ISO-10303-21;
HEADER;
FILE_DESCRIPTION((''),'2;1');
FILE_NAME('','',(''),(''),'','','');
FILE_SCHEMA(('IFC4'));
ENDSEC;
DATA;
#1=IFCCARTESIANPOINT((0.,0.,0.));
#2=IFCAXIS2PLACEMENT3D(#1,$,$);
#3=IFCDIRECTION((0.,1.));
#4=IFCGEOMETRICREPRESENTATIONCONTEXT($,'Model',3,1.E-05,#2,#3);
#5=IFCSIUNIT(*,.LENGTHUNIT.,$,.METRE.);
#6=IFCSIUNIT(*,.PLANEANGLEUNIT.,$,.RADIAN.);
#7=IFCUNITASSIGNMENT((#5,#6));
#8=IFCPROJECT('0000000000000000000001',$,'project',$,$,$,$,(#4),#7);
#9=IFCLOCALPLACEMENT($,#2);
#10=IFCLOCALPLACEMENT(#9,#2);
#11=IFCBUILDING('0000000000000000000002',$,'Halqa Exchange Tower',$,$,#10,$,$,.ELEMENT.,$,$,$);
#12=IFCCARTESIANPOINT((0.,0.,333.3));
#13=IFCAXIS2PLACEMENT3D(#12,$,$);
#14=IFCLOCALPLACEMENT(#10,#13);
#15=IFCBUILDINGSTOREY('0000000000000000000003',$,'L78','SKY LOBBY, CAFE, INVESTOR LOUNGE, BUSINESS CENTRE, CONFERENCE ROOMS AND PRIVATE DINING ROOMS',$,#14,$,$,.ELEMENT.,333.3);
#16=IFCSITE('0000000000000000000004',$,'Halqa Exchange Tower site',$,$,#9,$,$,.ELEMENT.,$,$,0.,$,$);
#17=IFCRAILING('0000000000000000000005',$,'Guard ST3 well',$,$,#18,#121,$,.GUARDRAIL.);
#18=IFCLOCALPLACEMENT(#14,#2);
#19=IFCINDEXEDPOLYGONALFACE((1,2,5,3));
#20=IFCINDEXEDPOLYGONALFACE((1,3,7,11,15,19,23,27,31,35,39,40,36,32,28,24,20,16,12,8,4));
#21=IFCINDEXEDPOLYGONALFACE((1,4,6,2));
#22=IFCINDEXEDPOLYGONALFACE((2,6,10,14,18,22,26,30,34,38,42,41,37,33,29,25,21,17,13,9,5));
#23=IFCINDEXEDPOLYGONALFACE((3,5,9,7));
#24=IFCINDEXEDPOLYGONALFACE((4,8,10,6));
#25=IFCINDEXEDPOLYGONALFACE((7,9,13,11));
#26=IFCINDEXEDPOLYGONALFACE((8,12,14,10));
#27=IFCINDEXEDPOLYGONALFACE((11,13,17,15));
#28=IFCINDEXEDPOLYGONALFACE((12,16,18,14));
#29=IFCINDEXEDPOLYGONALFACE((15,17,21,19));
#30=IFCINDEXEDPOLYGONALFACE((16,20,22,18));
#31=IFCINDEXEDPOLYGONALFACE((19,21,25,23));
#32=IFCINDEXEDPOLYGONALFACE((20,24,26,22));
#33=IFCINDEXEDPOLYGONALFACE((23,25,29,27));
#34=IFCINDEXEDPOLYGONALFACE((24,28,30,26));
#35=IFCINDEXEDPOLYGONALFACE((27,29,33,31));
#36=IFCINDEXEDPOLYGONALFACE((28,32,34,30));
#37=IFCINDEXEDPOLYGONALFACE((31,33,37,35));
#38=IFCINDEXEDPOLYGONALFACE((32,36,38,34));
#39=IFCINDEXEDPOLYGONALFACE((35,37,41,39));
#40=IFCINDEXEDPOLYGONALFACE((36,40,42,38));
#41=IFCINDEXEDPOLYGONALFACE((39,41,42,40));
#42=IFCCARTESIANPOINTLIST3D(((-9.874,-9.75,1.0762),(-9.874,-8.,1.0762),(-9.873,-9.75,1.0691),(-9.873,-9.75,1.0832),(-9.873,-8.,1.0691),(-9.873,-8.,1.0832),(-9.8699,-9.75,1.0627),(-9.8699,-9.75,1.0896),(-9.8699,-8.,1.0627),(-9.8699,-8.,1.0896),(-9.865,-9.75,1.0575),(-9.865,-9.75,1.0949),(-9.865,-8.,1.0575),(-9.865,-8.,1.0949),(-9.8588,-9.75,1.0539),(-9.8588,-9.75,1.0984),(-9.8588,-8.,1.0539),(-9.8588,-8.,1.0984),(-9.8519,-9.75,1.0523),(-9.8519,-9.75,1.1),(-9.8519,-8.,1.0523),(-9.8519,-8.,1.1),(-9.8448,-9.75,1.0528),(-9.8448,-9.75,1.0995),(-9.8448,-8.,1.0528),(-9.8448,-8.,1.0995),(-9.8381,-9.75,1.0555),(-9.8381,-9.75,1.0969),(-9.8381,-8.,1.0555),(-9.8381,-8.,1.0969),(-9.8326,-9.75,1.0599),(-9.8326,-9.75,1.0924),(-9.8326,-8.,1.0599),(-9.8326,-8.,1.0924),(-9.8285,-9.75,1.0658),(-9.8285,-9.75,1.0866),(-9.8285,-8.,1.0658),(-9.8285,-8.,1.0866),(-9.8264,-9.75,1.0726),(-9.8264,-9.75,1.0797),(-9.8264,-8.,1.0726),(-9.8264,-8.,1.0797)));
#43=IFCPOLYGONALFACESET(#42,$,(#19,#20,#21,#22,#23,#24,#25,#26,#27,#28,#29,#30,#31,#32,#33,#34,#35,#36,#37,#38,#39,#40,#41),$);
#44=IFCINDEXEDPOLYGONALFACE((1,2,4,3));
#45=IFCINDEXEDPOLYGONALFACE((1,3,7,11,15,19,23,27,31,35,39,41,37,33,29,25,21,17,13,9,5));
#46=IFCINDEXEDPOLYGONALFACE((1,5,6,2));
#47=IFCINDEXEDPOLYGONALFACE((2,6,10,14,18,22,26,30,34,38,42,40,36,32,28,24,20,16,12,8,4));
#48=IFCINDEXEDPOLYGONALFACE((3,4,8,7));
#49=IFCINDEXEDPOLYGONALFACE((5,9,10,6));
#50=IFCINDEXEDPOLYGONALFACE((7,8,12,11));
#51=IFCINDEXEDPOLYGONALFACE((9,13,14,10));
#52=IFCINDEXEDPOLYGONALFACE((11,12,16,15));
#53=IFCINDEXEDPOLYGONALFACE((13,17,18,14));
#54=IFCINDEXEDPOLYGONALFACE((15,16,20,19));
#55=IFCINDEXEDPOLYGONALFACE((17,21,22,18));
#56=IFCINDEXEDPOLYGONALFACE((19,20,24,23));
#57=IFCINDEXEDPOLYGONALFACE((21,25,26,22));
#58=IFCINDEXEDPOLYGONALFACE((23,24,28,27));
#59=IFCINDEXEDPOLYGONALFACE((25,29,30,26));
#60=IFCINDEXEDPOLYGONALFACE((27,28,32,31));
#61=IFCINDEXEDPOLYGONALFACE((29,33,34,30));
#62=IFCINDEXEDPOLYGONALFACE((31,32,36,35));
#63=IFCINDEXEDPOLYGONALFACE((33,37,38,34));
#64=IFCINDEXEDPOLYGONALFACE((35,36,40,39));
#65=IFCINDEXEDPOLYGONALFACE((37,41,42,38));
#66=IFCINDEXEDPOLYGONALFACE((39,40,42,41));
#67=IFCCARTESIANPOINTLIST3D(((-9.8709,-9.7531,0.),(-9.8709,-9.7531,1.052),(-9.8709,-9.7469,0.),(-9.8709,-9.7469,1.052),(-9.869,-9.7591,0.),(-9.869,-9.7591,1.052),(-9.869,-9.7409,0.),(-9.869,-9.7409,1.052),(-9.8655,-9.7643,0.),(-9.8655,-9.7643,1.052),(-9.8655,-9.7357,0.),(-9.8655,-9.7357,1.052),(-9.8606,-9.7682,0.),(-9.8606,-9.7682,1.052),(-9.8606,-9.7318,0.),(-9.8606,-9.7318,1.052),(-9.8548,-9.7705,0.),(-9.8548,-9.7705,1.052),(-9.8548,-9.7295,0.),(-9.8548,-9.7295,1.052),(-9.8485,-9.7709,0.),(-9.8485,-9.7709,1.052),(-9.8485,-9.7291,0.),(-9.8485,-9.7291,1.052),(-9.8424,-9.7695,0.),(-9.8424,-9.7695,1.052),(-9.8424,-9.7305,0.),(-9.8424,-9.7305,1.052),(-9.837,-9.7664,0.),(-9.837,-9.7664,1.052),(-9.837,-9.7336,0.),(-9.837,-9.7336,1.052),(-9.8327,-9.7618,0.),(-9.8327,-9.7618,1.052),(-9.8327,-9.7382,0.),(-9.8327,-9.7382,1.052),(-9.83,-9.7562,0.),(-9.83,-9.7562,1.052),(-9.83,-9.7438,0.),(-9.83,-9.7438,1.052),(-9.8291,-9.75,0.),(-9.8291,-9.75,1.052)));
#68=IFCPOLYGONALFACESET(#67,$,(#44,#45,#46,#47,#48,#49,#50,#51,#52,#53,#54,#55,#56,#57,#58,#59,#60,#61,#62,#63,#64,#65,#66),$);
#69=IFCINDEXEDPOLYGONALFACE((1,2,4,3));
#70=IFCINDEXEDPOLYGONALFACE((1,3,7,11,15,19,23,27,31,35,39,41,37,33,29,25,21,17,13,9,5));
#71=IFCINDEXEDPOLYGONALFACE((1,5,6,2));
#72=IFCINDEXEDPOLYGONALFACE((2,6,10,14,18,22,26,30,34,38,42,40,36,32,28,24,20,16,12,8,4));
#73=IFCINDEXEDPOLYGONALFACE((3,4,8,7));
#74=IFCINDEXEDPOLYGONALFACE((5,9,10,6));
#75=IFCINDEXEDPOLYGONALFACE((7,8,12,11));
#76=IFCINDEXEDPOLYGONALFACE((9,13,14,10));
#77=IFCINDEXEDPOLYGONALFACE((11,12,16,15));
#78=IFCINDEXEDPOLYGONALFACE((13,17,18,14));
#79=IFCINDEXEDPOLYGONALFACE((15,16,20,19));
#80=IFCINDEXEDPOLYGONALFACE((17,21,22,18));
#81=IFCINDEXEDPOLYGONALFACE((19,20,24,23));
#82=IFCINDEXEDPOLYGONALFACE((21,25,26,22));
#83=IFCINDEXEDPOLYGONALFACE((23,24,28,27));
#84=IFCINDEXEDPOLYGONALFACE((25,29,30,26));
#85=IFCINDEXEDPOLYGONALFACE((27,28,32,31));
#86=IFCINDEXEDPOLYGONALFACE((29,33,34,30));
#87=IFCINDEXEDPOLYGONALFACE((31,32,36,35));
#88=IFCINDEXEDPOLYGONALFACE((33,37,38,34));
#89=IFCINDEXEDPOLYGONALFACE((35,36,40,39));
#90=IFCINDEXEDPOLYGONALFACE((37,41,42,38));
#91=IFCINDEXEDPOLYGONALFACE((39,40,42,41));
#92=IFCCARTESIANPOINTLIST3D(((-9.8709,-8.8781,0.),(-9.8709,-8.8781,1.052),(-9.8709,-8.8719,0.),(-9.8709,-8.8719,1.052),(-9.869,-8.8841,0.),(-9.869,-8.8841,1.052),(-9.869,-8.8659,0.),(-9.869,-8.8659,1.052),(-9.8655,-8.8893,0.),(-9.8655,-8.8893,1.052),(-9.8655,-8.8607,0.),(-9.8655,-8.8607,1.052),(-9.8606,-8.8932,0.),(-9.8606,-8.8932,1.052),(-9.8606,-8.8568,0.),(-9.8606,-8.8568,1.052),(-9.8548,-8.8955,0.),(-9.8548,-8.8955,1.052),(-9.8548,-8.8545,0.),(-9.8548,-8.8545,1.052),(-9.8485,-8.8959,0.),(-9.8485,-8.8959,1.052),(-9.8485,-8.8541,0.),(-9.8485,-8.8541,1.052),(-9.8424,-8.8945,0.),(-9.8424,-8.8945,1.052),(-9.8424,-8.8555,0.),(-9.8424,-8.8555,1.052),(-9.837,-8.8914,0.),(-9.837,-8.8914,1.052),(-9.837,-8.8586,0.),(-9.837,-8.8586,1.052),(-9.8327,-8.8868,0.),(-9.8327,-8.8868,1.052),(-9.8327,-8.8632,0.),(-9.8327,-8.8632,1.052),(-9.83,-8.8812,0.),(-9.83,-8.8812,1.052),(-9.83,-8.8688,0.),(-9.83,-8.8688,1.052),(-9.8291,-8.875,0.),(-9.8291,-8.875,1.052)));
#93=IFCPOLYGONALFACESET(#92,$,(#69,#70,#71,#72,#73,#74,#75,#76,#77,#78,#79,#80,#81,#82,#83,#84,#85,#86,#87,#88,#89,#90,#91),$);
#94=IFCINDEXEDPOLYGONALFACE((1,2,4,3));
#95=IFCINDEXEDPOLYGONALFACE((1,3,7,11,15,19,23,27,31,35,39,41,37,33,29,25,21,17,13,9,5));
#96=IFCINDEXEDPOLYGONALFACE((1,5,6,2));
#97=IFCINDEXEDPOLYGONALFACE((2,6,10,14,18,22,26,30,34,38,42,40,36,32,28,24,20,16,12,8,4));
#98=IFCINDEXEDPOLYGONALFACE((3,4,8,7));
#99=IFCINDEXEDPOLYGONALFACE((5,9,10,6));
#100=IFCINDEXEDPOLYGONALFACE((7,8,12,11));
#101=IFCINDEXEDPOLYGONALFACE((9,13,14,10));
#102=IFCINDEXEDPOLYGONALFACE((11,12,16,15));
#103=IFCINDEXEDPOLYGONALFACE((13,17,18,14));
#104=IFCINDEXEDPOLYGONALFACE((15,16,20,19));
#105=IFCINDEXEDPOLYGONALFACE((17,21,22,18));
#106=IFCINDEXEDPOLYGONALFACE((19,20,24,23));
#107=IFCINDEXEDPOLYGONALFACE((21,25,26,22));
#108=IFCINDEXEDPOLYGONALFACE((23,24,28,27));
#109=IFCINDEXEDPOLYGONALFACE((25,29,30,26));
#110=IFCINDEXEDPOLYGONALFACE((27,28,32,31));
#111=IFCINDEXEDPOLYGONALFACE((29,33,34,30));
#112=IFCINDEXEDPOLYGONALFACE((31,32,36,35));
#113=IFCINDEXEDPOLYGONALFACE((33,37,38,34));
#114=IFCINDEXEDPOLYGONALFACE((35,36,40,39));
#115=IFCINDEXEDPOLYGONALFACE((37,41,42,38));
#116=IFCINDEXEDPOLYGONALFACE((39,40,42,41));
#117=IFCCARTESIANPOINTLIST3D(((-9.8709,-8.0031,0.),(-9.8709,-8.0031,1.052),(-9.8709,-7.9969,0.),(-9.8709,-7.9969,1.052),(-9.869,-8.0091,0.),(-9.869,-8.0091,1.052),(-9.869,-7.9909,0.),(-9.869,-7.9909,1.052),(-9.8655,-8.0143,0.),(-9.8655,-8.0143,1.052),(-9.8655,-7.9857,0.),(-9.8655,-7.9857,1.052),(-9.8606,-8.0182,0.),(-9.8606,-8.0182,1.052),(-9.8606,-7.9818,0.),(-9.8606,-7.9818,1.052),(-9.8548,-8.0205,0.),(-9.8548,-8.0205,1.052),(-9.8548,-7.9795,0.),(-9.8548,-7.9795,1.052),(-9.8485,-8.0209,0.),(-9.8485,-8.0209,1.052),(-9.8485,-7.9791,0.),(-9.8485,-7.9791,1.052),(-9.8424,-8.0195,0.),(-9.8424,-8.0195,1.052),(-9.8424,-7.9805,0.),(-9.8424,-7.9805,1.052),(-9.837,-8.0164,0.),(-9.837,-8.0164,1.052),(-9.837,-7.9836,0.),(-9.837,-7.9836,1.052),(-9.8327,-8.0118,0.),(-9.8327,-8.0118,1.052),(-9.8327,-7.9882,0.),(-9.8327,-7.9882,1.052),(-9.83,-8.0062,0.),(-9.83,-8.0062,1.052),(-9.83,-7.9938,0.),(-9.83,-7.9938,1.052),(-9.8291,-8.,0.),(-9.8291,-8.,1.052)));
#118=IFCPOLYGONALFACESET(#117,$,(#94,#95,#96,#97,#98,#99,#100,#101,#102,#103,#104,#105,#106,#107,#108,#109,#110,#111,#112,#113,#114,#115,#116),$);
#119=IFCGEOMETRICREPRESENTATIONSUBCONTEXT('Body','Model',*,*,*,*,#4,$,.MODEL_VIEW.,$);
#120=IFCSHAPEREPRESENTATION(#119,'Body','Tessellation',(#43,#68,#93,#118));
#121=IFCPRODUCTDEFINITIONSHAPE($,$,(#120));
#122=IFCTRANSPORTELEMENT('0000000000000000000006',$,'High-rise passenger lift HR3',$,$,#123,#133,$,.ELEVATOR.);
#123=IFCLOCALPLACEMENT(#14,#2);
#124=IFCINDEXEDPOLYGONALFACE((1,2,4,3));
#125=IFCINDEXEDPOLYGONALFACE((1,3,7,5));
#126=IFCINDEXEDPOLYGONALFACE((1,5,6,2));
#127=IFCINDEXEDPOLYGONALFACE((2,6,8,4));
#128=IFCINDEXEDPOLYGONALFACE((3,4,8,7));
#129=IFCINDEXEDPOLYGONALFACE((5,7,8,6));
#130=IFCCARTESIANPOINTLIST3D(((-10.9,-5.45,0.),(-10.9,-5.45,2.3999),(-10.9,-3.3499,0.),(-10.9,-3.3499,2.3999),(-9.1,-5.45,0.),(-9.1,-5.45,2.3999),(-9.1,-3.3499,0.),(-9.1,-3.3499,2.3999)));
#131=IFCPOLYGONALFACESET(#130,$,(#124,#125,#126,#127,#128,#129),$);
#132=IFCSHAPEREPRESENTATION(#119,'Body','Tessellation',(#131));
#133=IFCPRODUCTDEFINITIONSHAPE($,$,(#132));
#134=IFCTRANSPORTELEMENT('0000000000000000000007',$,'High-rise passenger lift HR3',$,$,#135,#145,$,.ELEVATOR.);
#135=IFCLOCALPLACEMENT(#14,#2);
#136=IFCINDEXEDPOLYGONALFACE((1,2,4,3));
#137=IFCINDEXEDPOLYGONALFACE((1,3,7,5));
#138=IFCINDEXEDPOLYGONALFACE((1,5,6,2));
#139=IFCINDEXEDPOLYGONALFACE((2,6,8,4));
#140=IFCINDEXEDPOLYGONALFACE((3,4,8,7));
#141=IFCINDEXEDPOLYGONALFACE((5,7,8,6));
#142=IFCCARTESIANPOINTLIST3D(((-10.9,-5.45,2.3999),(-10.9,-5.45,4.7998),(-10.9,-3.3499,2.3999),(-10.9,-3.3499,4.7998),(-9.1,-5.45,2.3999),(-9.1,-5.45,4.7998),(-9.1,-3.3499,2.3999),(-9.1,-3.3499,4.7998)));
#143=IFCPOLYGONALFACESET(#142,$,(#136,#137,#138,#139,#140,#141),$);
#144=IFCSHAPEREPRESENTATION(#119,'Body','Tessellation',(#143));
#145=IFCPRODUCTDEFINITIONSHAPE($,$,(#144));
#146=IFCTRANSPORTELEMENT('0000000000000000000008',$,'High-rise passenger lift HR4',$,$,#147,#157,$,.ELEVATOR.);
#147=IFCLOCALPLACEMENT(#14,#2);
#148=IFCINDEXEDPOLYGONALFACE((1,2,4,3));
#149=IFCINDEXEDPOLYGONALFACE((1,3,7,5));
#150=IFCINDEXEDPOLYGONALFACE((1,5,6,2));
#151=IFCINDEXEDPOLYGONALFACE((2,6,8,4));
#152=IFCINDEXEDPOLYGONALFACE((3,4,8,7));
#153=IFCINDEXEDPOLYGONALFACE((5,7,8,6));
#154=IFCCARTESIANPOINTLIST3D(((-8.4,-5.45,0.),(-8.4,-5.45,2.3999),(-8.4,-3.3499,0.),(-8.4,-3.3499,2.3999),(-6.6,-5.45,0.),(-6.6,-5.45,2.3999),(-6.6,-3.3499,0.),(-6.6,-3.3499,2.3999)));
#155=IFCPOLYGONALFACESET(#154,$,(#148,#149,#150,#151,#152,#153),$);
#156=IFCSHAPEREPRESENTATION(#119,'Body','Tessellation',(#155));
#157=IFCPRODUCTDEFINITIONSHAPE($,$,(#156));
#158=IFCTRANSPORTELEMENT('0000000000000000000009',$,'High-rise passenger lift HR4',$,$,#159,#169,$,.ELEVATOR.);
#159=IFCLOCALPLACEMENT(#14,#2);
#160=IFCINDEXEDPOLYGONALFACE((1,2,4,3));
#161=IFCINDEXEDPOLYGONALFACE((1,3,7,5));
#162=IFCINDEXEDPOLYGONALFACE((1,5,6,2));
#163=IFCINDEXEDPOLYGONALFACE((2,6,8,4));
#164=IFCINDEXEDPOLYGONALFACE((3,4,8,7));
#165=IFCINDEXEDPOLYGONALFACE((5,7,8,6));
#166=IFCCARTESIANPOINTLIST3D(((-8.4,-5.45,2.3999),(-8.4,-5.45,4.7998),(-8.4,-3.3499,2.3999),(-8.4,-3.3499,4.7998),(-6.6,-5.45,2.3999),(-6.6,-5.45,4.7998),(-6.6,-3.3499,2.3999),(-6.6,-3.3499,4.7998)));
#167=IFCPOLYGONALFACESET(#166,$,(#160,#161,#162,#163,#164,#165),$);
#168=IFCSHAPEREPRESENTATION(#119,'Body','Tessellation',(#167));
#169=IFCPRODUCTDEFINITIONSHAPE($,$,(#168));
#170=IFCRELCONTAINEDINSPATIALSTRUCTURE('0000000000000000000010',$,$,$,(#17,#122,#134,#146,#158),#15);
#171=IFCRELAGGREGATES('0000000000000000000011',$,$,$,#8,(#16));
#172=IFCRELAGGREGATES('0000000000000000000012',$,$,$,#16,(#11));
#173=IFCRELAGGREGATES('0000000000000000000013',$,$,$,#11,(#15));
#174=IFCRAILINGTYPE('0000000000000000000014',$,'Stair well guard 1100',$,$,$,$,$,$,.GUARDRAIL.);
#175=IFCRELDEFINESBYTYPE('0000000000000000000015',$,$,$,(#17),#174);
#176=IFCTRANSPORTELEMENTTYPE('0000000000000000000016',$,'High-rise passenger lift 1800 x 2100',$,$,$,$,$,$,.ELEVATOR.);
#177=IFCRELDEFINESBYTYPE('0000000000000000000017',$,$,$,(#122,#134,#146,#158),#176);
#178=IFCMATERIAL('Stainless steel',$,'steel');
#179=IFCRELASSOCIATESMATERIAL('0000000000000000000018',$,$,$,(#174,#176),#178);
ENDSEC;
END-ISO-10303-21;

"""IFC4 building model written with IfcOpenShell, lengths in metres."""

from ifc_helpers import new_model, si_unit, direction, frame, origin, origin_2d, place, context, subcontext, project, spatial, rectangle, circle, extrude, material, type_object, element, save


model = new_model("IFC4")

# Units and contexts
model_context = context("Model", 3, precision=1e-05, world=origin(), true_north=direction((0.0, 1.0)))
body_context = subcontext(model_context, "Body", "Model", "MODEL_VIEW")
ifc_project = project(units=[si_unit("LENGTHUNIT", "METRE"), si_unit("PLANEANGLEUNIT", "RADIAN")], contexts=[model_context])

# Site, building, storey
site_placement = place(None, origin())
site = spatial("IfcSite", under=ifc_project, at=site_placement, Name="Halqa Exchange Tower site", CompositionType="ELEMENT", RefElevation=0.0)
building_placement = place(site_placement, origin())
building = spatial("IfcBuilding", under=site, at=building_placement, Name="Halqa Exchange Tower", CompositionType="ELEMENT")
storey_placement = place(building_placement, frame((0.0, 0.0, 333.3)))
storey = spatial("IfcBuildingStorey", under=building, at=storey_placement, Name="L78", Description="SKY LOBBY, CAFE, INVESTOR LOUNGE, BUSINESS CENTRE, CONFERENCE ROOMS AND PRIVATE DINING ROOMS", CompositionType="ELEMENT", Elevation=333.3)

# Shared definitions
ifc_material_1 = material(Name="Stainless steel", Category="steel")

# Railing
railing_type_1 = type_object("IfcRailingType", Name="Stair well guard 1100", PredefinedType="GUARDRAIL", material=ifc_material_1)
railing_1_placement = place(storey_placement, frame((-9.8501, -9.75, 0.0)))
element("IfcRailing", 1, at=railing_1_placement, inside=storey, type_object=railing_type_1, Name="Guard ST3 well", PredefinedType="GUARDRAIL", context=body_context, shape_type="SweptSolid", body=[
    extrude(circle(Radius=0.0239, at=origin_2d()), frame((0.0, 0.0, 1.0762), z_axis=(0.0, 1.0, 0.0), x_axis=(-1.0, 0.0, 0.0)), (0.0, 0.0, 1.0), 1.75),
    extrude(circle(Radius=0.021, at=origin_2d()), origin(), (0.0, 0.0, 1.0), 1.052),
    extrude(circle(Radius=0.021, at=origin_2d()), frame((0.0, 0.875, 0.0)), (0.0, 0.0, 1.0), 1.052),
    extrude(circle(Radius=0.021, at=origin_2d()), frame((0.0, 1.75, 0.0)), (0.0, 0.0, 1.0), 1.052),
])

# Transport elements
transport_element_type = type_object("IfcTransportElementType", Name="High-rise passenger lift 1800 x 2100", PredefinedType="ELEVATOR", material=ifc_material_1)
for number, where, z_axis, x_axis, name in (
    (2, (-10.0, -4.3999, 0.0), (0.0, 0.0, 1.0), (1.0, 0.0, 0.0), "High-rise passenger lift HR3"),
    (3, (-10.0, -4.3999, 2.3999), (0.0, 0.0, 1.0), (1.0, 0.0, 0.0), "High-rise passenger lift HR3"),
    (4, (-7.5, -4.3999, 0.0), (0.0, 0.0, 1.0), (1.0, 0.0, 0.0), "High-rise passenger lift HR4"),
    (5, (-7.5, -4.3999, 2.3999), (0.0, 0.0, 1.0), (1.0, 0.0, 0.0), "High-rise passenger lift HR4"),
):
    element("IfcTransportElement", number, at=place(storey_placement, frame(where, z_axis=z_axis, x_axis=x_axis)), inside=storey, type_object=transport_element_type, Name=name, PredefinedType="ELEVATOR", context=body_context, shape_type="SweptSolid", body=[
        extrude(rectangle(XDim=1.8, YDim=2.1001, at=origin_2d()), origin(), (0.0, 0.0, 1.0), 2.3999),
    ])

save(model, "model.ifc")
